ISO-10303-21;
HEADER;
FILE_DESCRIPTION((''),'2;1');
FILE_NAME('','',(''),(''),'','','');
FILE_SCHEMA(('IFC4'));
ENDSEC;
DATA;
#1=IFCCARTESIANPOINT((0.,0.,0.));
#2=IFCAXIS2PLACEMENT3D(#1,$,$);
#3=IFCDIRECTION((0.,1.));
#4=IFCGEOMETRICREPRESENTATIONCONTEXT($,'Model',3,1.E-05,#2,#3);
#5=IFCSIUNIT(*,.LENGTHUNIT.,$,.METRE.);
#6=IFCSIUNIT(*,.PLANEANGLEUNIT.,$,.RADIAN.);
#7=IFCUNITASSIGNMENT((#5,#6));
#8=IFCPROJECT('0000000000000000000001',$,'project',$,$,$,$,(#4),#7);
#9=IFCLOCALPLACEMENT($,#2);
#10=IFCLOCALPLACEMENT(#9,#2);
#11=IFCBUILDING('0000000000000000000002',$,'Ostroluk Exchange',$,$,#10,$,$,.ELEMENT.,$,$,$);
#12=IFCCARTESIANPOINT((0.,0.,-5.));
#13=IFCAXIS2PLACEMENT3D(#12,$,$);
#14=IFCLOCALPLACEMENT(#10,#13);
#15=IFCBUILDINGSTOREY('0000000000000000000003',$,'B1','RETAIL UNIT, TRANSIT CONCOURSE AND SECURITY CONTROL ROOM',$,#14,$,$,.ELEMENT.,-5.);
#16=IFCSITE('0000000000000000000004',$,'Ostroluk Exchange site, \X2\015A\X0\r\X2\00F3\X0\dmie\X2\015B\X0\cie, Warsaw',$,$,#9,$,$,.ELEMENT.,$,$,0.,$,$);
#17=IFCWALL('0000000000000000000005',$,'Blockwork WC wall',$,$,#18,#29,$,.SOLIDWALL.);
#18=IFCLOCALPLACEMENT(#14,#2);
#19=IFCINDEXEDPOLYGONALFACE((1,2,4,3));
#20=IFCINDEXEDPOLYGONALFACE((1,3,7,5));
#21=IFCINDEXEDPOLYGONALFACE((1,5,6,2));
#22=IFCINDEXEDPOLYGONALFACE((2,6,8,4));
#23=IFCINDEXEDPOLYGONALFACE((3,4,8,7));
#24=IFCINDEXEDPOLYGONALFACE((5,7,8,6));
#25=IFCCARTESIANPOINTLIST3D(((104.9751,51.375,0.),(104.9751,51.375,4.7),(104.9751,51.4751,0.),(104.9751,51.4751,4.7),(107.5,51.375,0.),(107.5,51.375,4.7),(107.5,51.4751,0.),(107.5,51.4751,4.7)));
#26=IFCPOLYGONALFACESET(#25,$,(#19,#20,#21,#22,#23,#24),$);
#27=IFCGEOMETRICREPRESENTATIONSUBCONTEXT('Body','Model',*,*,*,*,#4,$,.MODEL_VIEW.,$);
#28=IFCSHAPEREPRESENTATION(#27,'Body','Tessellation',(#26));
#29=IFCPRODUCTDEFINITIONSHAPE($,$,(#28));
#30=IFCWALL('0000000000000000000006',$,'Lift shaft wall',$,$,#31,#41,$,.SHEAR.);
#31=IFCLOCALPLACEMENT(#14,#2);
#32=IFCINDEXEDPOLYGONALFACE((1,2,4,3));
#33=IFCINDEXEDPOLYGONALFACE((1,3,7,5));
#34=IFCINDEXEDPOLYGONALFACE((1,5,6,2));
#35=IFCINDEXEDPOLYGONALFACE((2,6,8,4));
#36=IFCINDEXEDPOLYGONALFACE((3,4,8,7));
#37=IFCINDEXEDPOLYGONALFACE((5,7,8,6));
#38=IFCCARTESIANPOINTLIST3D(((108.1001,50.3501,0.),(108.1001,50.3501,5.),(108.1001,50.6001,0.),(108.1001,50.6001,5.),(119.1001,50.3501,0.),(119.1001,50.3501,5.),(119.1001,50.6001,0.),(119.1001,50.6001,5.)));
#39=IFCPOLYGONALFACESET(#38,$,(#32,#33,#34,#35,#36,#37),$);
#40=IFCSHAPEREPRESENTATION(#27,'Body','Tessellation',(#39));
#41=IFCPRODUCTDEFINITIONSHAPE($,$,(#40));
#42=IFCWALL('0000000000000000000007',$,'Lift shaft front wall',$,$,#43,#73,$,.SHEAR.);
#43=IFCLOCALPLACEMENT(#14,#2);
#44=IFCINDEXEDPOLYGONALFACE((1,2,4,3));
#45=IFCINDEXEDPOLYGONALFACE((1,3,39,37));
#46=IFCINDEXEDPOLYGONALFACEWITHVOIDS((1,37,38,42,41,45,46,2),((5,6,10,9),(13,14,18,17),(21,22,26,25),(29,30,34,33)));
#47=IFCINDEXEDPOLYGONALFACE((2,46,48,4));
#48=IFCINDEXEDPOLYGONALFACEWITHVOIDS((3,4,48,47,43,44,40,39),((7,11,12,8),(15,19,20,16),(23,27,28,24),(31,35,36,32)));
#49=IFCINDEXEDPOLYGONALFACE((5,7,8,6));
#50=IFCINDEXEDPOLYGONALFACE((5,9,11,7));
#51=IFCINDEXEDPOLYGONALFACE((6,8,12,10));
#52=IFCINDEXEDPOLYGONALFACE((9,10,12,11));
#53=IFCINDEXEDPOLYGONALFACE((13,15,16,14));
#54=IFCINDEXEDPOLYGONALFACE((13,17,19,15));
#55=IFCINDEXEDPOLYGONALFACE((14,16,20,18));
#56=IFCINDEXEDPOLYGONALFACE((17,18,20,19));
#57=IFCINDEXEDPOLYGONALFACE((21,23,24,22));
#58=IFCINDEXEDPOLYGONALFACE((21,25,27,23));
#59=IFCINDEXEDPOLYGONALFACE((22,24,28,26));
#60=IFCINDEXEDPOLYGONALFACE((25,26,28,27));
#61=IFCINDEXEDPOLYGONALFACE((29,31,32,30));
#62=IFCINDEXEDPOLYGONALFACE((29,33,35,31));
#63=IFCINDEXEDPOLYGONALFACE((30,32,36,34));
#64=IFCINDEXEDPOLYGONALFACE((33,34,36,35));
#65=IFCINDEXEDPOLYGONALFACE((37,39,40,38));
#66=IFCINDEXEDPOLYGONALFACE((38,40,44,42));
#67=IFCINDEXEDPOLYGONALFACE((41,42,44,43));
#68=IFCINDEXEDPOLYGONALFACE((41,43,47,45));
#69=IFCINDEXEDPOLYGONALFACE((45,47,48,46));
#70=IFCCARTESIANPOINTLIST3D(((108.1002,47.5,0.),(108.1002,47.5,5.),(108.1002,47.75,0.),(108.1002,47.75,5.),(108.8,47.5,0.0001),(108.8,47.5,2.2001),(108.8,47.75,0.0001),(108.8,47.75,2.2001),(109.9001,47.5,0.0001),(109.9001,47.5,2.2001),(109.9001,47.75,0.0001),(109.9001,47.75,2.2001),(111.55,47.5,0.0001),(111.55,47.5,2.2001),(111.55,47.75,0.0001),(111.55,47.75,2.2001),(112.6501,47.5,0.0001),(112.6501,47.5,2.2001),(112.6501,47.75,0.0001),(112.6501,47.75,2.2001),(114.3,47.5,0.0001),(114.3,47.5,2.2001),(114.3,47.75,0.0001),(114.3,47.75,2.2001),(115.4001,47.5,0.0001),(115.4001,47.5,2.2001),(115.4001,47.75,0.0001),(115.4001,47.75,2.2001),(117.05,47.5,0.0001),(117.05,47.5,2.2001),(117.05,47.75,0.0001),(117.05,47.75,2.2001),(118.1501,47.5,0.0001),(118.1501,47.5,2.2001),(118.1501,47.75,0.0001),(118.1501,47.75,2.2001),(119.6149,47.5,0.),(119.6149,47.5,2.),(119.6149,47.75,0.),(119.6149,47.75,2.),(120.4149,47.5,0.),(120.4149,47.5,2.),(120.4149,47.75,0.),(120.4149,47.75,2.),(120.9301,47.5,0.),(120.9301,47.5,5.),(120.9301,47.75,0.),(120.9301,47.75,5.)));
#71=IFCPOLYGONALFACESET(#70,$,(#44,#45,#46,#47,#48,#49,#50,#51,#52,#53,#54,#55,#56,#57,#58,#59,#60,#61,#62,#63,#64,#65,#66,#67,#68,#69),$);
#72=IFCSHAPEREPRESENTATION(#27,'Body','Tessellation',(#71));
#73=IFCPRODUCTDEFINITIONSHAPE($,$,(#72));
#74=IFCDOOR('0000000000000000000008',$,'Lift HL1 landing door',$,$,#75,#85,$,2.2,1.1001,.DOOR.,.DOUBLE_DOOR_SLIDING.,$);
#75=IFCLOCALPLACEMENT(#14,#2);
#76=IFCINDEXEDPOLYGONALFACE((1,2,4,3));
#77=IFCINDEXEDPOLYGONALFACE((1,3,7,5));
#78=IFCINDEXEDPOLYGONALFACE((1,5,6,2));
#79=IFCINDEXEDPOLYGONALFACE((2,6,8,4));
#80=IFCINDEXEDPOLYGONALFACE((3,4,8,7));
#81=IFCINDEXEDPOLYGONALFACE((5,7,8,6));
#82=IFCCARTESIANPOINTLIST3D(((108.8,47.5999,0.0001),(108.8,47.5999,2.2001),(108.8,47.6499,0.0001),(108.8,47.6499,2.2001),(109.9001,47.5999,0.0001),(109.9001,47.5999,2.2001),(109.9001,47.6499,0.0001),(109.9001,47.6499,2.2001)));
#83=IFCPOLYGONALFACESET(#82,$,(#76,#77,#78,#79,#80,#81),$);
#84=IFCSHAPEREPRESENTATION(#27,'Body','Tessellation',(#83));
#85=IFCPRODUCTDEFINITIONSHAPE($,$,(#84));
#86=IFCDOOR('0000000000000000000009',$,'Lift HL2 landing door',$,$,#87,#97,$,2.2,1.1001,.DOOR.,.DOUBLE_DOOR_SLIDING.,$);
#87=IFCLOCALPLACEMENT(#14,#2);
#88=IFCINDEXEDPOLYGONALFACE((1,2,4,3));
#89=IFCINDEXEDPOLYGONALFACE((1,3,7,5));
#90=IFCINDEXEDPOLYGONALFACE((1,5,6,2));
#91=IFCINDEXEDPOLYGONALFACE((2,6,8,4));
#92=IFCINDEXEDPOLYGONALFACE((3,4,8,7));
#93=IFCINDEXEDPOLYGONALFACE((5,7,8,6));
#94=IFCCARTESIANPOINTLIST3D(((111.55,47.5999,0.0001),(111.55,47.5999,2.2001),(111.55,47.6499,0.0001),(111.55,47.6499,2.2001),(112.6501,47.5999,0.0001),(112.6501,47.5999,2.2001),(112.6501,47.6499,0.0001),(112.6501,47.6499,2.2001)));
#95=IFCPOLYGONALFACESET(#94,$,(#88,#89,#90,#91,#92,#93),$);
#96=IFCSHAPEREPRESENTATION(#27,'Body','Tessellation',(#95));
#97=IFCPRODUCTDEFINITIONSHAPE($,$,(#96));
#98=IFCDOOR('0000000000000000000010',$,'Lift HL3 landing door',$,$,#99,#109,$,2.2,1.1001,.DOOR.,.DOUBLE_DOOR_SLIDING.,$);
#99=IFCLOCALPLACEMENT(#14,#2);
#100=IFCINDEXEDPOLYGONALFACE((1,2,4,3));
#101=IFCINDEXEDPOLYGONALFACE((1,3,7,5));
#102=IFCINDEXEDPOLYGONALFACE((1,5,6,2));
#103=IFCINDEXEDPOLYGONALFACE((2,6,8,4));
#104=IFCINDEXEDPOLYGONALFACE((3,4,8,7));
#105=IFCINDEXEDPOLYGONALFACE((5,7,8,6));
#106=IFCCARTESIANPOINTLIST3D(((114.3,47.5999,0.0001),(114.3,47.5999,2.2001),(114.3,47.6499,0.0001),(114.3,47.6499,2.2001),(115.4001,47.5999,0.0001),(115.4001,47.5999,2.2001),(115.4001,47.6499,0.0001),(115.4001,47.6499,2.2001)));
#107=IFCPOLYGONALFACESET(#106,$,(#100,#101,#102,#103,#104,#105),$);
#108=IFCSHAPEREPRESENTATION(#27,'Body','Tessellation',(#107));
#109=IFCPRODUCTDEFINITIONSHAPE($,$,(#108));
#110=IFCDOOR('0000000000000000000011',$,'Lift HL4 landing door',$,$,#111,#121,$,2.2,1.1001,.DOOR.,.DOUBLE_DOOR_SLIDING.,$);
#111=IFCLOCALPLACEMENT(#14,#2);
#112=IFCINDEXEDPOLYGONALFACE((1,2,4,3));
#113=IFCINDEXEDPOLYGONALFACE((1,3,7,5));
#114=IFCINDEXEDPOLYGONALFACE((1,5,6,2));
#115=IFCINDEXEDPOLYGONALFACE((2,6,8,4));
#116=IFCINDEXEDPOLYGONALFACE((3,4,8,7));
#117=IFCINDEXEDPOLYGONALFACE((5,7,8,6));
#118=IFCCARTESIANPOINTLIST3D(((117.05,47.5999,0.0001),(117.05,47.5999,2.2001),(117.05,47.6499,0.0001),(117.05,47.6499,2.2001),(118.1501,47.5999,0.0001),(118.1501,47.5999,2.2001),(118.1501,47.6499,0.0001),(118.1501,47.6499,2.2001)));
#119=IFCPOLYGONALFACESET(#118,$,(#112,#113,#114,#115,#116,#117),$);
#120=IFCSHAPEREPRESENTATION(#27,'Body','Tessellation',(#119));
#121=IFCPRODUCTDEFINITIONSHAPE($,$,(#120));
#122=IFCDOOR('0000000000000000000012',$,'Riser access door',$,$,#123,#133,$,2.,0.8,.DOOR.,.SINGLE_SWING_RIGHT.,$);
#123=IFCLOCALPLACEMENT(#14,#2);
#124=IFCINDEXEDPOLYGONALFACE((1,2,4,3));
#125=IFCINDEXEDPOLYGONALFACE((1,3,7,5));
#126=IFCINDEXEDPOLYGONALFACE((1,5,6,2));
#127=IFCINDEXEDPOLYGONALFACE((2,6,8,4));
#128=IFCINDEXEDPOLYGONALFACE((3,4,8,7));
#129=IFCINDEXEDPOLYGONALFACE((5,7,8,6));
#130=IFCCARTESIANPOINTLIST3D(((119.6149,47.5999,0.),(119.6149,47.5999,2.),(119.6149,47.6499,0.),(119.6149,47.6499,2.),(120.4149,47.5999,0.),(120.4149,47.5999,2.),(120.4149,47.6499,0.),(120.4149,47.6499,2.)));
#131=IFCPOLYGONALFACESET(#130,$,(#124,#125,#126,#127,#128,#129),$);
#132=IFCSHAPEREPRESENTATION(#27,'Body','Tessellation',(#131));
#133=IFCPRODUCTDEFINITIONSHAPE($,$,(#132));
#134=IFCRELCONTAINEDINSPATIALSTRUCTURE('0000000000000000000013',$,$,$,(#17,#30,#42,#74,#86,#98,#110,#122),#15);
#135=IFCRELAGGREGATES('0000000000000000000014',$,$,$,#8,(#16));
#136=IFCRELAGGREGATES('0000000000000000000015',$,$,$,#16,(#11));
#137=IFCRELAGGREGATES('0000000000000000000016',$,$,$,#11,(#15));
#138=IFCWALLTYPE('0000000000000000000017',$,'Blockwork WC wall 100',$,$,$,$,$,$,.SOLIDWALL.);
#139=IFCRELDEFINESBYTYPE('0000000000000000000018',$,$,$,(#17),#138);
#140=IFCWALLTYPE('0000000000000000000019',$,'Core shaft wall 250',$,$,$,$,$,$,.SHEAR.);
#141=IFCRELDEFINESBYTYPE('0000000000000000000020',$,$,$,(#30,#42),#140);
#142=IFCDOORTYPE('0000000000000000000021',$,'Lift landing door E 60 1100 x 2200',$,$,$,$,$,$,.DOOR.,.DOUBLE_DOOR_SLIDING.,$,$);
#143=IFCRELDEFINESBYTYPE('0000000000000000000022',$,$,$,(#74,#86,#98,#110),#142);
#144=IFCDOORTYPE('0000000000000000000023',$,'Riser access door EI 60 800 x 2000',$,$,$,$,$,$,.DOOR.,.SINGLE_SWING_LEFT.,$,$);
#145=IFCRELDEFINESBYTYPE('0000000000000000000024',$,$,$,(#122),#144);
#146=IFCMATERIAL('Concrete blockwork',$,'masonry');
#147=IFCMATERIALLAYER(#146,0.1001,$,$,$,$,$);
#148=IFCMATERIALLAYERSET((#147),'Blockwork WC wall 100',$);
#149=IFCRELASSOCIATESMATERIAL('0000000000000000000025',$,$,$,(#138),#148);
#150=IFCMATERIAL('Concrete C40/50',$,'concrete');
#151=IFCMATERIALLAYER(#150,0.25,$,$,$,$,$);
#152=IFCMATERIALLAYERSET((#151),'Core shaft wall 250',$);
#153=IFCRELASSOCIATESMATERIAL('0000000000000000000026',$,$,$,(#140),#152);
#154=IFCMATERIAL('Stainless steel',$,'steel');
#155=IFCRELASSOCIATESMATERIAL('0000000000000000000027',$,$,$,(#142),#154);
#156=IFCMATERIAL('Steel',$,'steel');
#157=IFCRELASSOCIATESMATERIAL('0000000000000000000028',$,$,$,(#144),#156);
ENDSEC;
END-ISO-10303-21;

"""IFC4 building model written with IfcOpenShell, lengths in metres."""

from ifc_helpers import new_model, si_unit, direction, frame, frame_2d, origin, place, context, subcontext, project, spatial, rectangle, extrude, material, layer, layer_set, type_object, element, fill, save


model = new_model("IFC4")

# Units and contexts
model_context = context("Model", 3, precision=1e-05, world=origin(), true_north=direction((0.0, 1.0)))
body_context = subcontext(model_context, "Body", "Model", "MODEL_VIEW")
ifc_project = project(units=[si_unit("LENGTHUNIT", "METRE"), si_unit("PLANEANGLEUNIT", "RADIAN")], contexts=[model_context])

# Site, building, storey
site_placement = place(None, origin())
site = spatial("IfcSite", under=ifc_project, at=site_placement, Name="Ostroluk Exchange site, Śródmieście, Warsaw", CompositionType="ELEMENT", RefElevation=0.0)
building_placement = place(site_placement, origin())
building = spatial("IfcBuilding", under=site, at=building_placement, Name="Ostroluk Exchange", CompositionType="ELEMENT")
storey_placement = place(building_placement, frame((0.0, 0.0, -5.0)))
storey = spatial("IfcBuildingStorey", under=building, at=storey_placement, Name="B1", Description="RETAIL UNIT, TRANSIT CONCOURSE AND SECURITY CONTROL ROOM", CompositionType="ELEMENT", Elevation=-5.0)

# Walls
ifc_material_1 = material(Name="Concrete blockwork", Category="masonry")
ifc_layer_1 = layer(ifc_material_1, 0.1001)
ifc_layer_set_1 = layer_set([ifc_layer_1], Name="Blockwork WC wall 100")
wall_type_1 = type_object("IfcWallType", Name="Blockwork WC wall 100", PredefinedType="SOLIDWALL", material=ifc_layer_set_1)
wall_1_placement = place(storey_placement, frame((104.9751, 51.425, 0.0), z_axis=(0.0, 0.0, 1.0), x_axis=(1.0, 0.0, 0.0)))
element("IfcWall", 1, at=wall_1_placement, inside=storey, type_object=wall_type_1, Name="Blockwork WC wall", PredefinedType="SOLIDWALL", context=body_context, shape_type="SweptSolid", body=[
    extrude(rectangle(XDim=2.5249, YDim=0.1001, at=frame_2d((1.2625, 0.0))), origin(), (0.0, 0.0, 1.0), 4.7),
])
ifc_material_2 = material(Name="Concrete C40/50", Category="concrete")
ifc_layer_2 = layer(ifc_material_2, 0.25)
ifc_layer_set_2 = layer_set([ifc_layer_2], Name="Core shaft wall 250")
wall_type_2 = type_object("IfcWallType", Name="Core shaft wall 250", PredefinedType="SHEAR", material=ifc_layer_set_2)
wall_2_placement = place(storey_placement, frame((108.1001, 50.4751, 0.0), z_axis=(0.0, 0.0, 1.0), x_axis=(1.0, 0.0, 0.0)))
element("IfcWall", 2, at=wall_2_placement, inside=storey, type_object=wall_type_2, Name="Lift shaft wall", PredefinedType="SHEAR", context=body_context, shape_type="SweptSolid", body=[
    extrude(rectangle(XDim=11.0, YDim=0.25, at=frame_2d((5.5, 0.0))), origin(), (0.0, 0.0, 1.0), 5.0),
])

# Wall, openings, doors
wall_3_placement = place(storey_placement, frame((108.1001, 47.625, 0.0), z_axis=(0.0, 0.0, 1.0), x_axis=(1.0, 0.0, 0.0)))
wall_3 = element("IfcWall", 3, at=wall_3_placement, inside=storey, type_object=wall_type_2, Name="Lift shaft front wall", PredefinedType="SHEAR", context=body_context, shape_type="SweptSolid", body=[
    extrude(rectangle(XDim=12.8298, YDim=0.25, at=frame_2d((6.415, 0.0))), origin(), (0.0, 0.0, 1.0), 5.0),
])
opening_1_placement = place(wall_3_placement, frame((0.7, 0.0, 0.0)))
opening_1 = element("IfcOpeningElement", 4, at=opening_1_placement, cuts=wall_3, PredefinedType="OPENING", context=body_context, shape_type="SweptSolid", body=[
    extrude(rectangle(XDim=1.1001, YDim=2.2, at=frame_2d((0.55, 1.1001))), frame((0.0, 0.135, 0.0), z_axis=(0.0, -1.0, 0.0), x_axis=(1.0, 0.0, 0.0)), (0.0, 0.0, 1.0), 0.27),
])
opening_2_placement = place(wall_3_placement, frame((3.45, 0.0, 0.0)))
opening_2 = element("IfcOpeningElement", 5, at=opening_2_placement, cuts=wall_3, PredefinedType="OPENING", context=body_context, shape_type="SweptSolid", body=[
    extrude(rectangle(XDim=1.1001, YDim=2.2, at=frame_2d((0.55, 1.1001))), frame((0.0, 0.135, 0.0), z_axis=(0.0, -1.0, 0.0), x_axis=(1.0, 0.0, 0.0)), (0.0, 0.0, 1.0), 0.27),
])
opening_3_placement = place(wall_3_placement, frame((6.2, 0.0, 0.0)))
opening_3 = element("IfcOpeningElement", 6, at=opening_3_placement, cuts=wall_3, PredefinedType="OPENING", context=body_context, shape_type="SweptSolid", body=[
    extrude(rectangle(XDim=1.1001, YDim=2.2, at=frame_2d((0.55, 1.1001))), frame((0.0, 0.135, 0.0), z_axis=(0.0, -1.0, 0.0), x_axis=(1.0, 0.0, 0.0)), (0.0, 0.0, 1.0), 0.27),
])
opening_4_placement = place(wall_3_placement, frame((8.95, 0.0, 0.0)))
opening_4 = element("IfcOpeningElement", 7, at=opening_4_placement, cuts=wall_3, PredefinedType="OPENING", context=body_context, shape_type="SweptSolid", body=[
    extrude(rectangle(XDim=1.1001, YDim=2.2, at=frame_2d((0.55, 1.1001))), frame((0.0, 0.135, 0.0), z_axis=(0.0, -1.0, 0.0), x_axis=(1.0, 0.0, 0.0)), (0.0, 0.0, 1.0), 0.27),
])
opening_5_placement = place(wall_3_placement, frame((11.5149, 0.0, 0.0)))
opening_5 = element("IfcOpeningElement", 8, at=opening_5_placement, cuts=wall_3, PredefinedType="OPENING", context=body_context, shape_type="SweptSolid", body=[
    extrude(rectangle(XDim=0.8, YDim=2.0, at=frame_2d((0.3999, 1.0))), frame((0.0, 0.135, 0.0), z_axis=(0.0, -1.0, 0.0), x_axis=(1.0, 0.0, 0.0)), (0.0, 0.0, 1.0), 0.27),
])
ifc_material_3 = material(Name="Stainless steel", Category="steel")
door_type_1 = type_object("IfcDoorType", Name="Lift landing door E 60 1100 x 2200", OperationType="DOUBLE_DOOR_SLIDING", PredefinedType="DOOR", material=ifc_material_3)
door_1_placement = place(opening_1_placement, origin())
door_1 = element("IfcDoor", 9, at=door_1_placement, inside=storey, type_object=door_type_1, Name="Lift HL1 landing door", OperationType="DOUBLE_DOOR_SLIDING", OverallHeight=2.2, OverallWidth=1.1001, PredefinedType="DOOR", context=body_context, shape_type="SweptSolid", body=[
    extrude(rectangle(XDim=1.1001, YDim=2.2, at=frame_2d((0.55, 1.1001))), frame((0.0, 0.0249, 0.0), z_axis=(0.0, -1.0, 0.0), x_axis=(1.0, 0.0, 0.0)), (0.0, 0.0, 1.0), 0.05),
])
fill(opening_1, door_1)
door_2_placement = place(opening_2_placement, origin())
door_2 = element("IfcDoor", 10, at=door_2_placement, inside=storey, type_object=door_type_1, Name="Lift HL2 landing door", OperationType="DOUBLE_DOOR_SLIDING", OverallHeight=2.2, OverallWidth=1.1001, PredefinedType="DOOR", context=body_context, shape_type="SweptSolid", body=[
    extrude(rectangle(XDim=1.1001, YDim=2.2, at=frame_2d((0.55, 1.1001))), frame((0.0, 0.0249, 0.0), z_axis=(0.0, -1.0, 0.0), x_axis=(1.0, 0.0, 0.0)), (0.0, 0.0, 1.0), 0.05),
])
fill(opening_2, door_2)
door_3_placement = place(opening_3_placement, origin())
door_3 = element("IfcDoor", 11, at=door_3_placement, inside=storey, type_object=door_type_1, Name="Lift HL3 landing door", OperationType="DOUBLE_DOOR_SLIDING", OverallHeight=2.2, OverallWidth=1.1001, PredefinedType="DOOR", context=body_context, shape_type="SweptSolid", body=[
    extrude(rectangle(XDim=1.1001, YDim=2.2, at=frame_2d((0.55, 1.1001))), frame((0.0, 0.0249, 0.0), z_axis=(0.0, -1.0, 0.0), x_axis=(1.0, 0.0, 0.0)), (0.0, 0.0, 1.0), 0.05),
])
fill(opening_3, door_3)
door_4_placement = place(opening_4_placement, origin())
door_4 = element("IfcDoor", 12, at=door_4_placement, inside=storey, type_object=door_type_1, Name="Lift HL4 landing door", OperationType="DOUBLE_DOOR_SLIDING", OverallHeight=2.2, OverallWidth=1.1001, PredefinedType="DOOR", context=body_context, shape_type="SweptSolid", body=[
    extrude(rectangle(XDim=1.1001, YDim=2.2, at=frame_2d((0.55, 1.1001))), frame((0.0, 0.0249, 0.0), z_axis=(0.0, -1.0, 0.0), x_axis=(1.0, 0.0, 0.0)), (0.0, 0.0, 1.0), 0.05),
])
fill(opening_4, door_4)
ifc_material_4 = material(Name="Steel", Category="steel")
door_type_2 = type_object("IfcDoorType", Name="Riser access door EI 60 800 x 2000", OperationType="SINGLE_SWING_LEFT", PredefinedType="DOOR", material=ifc_material_4)
door_5_placement = place(opening_5_placement, origin())
door_5 = element("IfcDoor", 13, at=door_5_placement, inside=storey, type_object=door_type_2, Name="Riser access door", OperationType="SINGLE_SWING_RIGHT", OverallHeight=2.0, OverallWidth=0.8, PredefinedType="DOOR", context=body_context, shape_type="SweptSolid", body=[
    extrude(rectangle(XDim=0.8, YDim=2.0, at=frame_2d((0.3999, 1.0))), frame((0.0, 0.0249, 0.0), z_axis=(0.0, -1.0, 0.0), x_axis=(1.0, 0.0, 0.0)), (0.0, 0.0, 1.0), 0.05),
])
fill(opening_5, door_5)

save(model, "model.ifc")
